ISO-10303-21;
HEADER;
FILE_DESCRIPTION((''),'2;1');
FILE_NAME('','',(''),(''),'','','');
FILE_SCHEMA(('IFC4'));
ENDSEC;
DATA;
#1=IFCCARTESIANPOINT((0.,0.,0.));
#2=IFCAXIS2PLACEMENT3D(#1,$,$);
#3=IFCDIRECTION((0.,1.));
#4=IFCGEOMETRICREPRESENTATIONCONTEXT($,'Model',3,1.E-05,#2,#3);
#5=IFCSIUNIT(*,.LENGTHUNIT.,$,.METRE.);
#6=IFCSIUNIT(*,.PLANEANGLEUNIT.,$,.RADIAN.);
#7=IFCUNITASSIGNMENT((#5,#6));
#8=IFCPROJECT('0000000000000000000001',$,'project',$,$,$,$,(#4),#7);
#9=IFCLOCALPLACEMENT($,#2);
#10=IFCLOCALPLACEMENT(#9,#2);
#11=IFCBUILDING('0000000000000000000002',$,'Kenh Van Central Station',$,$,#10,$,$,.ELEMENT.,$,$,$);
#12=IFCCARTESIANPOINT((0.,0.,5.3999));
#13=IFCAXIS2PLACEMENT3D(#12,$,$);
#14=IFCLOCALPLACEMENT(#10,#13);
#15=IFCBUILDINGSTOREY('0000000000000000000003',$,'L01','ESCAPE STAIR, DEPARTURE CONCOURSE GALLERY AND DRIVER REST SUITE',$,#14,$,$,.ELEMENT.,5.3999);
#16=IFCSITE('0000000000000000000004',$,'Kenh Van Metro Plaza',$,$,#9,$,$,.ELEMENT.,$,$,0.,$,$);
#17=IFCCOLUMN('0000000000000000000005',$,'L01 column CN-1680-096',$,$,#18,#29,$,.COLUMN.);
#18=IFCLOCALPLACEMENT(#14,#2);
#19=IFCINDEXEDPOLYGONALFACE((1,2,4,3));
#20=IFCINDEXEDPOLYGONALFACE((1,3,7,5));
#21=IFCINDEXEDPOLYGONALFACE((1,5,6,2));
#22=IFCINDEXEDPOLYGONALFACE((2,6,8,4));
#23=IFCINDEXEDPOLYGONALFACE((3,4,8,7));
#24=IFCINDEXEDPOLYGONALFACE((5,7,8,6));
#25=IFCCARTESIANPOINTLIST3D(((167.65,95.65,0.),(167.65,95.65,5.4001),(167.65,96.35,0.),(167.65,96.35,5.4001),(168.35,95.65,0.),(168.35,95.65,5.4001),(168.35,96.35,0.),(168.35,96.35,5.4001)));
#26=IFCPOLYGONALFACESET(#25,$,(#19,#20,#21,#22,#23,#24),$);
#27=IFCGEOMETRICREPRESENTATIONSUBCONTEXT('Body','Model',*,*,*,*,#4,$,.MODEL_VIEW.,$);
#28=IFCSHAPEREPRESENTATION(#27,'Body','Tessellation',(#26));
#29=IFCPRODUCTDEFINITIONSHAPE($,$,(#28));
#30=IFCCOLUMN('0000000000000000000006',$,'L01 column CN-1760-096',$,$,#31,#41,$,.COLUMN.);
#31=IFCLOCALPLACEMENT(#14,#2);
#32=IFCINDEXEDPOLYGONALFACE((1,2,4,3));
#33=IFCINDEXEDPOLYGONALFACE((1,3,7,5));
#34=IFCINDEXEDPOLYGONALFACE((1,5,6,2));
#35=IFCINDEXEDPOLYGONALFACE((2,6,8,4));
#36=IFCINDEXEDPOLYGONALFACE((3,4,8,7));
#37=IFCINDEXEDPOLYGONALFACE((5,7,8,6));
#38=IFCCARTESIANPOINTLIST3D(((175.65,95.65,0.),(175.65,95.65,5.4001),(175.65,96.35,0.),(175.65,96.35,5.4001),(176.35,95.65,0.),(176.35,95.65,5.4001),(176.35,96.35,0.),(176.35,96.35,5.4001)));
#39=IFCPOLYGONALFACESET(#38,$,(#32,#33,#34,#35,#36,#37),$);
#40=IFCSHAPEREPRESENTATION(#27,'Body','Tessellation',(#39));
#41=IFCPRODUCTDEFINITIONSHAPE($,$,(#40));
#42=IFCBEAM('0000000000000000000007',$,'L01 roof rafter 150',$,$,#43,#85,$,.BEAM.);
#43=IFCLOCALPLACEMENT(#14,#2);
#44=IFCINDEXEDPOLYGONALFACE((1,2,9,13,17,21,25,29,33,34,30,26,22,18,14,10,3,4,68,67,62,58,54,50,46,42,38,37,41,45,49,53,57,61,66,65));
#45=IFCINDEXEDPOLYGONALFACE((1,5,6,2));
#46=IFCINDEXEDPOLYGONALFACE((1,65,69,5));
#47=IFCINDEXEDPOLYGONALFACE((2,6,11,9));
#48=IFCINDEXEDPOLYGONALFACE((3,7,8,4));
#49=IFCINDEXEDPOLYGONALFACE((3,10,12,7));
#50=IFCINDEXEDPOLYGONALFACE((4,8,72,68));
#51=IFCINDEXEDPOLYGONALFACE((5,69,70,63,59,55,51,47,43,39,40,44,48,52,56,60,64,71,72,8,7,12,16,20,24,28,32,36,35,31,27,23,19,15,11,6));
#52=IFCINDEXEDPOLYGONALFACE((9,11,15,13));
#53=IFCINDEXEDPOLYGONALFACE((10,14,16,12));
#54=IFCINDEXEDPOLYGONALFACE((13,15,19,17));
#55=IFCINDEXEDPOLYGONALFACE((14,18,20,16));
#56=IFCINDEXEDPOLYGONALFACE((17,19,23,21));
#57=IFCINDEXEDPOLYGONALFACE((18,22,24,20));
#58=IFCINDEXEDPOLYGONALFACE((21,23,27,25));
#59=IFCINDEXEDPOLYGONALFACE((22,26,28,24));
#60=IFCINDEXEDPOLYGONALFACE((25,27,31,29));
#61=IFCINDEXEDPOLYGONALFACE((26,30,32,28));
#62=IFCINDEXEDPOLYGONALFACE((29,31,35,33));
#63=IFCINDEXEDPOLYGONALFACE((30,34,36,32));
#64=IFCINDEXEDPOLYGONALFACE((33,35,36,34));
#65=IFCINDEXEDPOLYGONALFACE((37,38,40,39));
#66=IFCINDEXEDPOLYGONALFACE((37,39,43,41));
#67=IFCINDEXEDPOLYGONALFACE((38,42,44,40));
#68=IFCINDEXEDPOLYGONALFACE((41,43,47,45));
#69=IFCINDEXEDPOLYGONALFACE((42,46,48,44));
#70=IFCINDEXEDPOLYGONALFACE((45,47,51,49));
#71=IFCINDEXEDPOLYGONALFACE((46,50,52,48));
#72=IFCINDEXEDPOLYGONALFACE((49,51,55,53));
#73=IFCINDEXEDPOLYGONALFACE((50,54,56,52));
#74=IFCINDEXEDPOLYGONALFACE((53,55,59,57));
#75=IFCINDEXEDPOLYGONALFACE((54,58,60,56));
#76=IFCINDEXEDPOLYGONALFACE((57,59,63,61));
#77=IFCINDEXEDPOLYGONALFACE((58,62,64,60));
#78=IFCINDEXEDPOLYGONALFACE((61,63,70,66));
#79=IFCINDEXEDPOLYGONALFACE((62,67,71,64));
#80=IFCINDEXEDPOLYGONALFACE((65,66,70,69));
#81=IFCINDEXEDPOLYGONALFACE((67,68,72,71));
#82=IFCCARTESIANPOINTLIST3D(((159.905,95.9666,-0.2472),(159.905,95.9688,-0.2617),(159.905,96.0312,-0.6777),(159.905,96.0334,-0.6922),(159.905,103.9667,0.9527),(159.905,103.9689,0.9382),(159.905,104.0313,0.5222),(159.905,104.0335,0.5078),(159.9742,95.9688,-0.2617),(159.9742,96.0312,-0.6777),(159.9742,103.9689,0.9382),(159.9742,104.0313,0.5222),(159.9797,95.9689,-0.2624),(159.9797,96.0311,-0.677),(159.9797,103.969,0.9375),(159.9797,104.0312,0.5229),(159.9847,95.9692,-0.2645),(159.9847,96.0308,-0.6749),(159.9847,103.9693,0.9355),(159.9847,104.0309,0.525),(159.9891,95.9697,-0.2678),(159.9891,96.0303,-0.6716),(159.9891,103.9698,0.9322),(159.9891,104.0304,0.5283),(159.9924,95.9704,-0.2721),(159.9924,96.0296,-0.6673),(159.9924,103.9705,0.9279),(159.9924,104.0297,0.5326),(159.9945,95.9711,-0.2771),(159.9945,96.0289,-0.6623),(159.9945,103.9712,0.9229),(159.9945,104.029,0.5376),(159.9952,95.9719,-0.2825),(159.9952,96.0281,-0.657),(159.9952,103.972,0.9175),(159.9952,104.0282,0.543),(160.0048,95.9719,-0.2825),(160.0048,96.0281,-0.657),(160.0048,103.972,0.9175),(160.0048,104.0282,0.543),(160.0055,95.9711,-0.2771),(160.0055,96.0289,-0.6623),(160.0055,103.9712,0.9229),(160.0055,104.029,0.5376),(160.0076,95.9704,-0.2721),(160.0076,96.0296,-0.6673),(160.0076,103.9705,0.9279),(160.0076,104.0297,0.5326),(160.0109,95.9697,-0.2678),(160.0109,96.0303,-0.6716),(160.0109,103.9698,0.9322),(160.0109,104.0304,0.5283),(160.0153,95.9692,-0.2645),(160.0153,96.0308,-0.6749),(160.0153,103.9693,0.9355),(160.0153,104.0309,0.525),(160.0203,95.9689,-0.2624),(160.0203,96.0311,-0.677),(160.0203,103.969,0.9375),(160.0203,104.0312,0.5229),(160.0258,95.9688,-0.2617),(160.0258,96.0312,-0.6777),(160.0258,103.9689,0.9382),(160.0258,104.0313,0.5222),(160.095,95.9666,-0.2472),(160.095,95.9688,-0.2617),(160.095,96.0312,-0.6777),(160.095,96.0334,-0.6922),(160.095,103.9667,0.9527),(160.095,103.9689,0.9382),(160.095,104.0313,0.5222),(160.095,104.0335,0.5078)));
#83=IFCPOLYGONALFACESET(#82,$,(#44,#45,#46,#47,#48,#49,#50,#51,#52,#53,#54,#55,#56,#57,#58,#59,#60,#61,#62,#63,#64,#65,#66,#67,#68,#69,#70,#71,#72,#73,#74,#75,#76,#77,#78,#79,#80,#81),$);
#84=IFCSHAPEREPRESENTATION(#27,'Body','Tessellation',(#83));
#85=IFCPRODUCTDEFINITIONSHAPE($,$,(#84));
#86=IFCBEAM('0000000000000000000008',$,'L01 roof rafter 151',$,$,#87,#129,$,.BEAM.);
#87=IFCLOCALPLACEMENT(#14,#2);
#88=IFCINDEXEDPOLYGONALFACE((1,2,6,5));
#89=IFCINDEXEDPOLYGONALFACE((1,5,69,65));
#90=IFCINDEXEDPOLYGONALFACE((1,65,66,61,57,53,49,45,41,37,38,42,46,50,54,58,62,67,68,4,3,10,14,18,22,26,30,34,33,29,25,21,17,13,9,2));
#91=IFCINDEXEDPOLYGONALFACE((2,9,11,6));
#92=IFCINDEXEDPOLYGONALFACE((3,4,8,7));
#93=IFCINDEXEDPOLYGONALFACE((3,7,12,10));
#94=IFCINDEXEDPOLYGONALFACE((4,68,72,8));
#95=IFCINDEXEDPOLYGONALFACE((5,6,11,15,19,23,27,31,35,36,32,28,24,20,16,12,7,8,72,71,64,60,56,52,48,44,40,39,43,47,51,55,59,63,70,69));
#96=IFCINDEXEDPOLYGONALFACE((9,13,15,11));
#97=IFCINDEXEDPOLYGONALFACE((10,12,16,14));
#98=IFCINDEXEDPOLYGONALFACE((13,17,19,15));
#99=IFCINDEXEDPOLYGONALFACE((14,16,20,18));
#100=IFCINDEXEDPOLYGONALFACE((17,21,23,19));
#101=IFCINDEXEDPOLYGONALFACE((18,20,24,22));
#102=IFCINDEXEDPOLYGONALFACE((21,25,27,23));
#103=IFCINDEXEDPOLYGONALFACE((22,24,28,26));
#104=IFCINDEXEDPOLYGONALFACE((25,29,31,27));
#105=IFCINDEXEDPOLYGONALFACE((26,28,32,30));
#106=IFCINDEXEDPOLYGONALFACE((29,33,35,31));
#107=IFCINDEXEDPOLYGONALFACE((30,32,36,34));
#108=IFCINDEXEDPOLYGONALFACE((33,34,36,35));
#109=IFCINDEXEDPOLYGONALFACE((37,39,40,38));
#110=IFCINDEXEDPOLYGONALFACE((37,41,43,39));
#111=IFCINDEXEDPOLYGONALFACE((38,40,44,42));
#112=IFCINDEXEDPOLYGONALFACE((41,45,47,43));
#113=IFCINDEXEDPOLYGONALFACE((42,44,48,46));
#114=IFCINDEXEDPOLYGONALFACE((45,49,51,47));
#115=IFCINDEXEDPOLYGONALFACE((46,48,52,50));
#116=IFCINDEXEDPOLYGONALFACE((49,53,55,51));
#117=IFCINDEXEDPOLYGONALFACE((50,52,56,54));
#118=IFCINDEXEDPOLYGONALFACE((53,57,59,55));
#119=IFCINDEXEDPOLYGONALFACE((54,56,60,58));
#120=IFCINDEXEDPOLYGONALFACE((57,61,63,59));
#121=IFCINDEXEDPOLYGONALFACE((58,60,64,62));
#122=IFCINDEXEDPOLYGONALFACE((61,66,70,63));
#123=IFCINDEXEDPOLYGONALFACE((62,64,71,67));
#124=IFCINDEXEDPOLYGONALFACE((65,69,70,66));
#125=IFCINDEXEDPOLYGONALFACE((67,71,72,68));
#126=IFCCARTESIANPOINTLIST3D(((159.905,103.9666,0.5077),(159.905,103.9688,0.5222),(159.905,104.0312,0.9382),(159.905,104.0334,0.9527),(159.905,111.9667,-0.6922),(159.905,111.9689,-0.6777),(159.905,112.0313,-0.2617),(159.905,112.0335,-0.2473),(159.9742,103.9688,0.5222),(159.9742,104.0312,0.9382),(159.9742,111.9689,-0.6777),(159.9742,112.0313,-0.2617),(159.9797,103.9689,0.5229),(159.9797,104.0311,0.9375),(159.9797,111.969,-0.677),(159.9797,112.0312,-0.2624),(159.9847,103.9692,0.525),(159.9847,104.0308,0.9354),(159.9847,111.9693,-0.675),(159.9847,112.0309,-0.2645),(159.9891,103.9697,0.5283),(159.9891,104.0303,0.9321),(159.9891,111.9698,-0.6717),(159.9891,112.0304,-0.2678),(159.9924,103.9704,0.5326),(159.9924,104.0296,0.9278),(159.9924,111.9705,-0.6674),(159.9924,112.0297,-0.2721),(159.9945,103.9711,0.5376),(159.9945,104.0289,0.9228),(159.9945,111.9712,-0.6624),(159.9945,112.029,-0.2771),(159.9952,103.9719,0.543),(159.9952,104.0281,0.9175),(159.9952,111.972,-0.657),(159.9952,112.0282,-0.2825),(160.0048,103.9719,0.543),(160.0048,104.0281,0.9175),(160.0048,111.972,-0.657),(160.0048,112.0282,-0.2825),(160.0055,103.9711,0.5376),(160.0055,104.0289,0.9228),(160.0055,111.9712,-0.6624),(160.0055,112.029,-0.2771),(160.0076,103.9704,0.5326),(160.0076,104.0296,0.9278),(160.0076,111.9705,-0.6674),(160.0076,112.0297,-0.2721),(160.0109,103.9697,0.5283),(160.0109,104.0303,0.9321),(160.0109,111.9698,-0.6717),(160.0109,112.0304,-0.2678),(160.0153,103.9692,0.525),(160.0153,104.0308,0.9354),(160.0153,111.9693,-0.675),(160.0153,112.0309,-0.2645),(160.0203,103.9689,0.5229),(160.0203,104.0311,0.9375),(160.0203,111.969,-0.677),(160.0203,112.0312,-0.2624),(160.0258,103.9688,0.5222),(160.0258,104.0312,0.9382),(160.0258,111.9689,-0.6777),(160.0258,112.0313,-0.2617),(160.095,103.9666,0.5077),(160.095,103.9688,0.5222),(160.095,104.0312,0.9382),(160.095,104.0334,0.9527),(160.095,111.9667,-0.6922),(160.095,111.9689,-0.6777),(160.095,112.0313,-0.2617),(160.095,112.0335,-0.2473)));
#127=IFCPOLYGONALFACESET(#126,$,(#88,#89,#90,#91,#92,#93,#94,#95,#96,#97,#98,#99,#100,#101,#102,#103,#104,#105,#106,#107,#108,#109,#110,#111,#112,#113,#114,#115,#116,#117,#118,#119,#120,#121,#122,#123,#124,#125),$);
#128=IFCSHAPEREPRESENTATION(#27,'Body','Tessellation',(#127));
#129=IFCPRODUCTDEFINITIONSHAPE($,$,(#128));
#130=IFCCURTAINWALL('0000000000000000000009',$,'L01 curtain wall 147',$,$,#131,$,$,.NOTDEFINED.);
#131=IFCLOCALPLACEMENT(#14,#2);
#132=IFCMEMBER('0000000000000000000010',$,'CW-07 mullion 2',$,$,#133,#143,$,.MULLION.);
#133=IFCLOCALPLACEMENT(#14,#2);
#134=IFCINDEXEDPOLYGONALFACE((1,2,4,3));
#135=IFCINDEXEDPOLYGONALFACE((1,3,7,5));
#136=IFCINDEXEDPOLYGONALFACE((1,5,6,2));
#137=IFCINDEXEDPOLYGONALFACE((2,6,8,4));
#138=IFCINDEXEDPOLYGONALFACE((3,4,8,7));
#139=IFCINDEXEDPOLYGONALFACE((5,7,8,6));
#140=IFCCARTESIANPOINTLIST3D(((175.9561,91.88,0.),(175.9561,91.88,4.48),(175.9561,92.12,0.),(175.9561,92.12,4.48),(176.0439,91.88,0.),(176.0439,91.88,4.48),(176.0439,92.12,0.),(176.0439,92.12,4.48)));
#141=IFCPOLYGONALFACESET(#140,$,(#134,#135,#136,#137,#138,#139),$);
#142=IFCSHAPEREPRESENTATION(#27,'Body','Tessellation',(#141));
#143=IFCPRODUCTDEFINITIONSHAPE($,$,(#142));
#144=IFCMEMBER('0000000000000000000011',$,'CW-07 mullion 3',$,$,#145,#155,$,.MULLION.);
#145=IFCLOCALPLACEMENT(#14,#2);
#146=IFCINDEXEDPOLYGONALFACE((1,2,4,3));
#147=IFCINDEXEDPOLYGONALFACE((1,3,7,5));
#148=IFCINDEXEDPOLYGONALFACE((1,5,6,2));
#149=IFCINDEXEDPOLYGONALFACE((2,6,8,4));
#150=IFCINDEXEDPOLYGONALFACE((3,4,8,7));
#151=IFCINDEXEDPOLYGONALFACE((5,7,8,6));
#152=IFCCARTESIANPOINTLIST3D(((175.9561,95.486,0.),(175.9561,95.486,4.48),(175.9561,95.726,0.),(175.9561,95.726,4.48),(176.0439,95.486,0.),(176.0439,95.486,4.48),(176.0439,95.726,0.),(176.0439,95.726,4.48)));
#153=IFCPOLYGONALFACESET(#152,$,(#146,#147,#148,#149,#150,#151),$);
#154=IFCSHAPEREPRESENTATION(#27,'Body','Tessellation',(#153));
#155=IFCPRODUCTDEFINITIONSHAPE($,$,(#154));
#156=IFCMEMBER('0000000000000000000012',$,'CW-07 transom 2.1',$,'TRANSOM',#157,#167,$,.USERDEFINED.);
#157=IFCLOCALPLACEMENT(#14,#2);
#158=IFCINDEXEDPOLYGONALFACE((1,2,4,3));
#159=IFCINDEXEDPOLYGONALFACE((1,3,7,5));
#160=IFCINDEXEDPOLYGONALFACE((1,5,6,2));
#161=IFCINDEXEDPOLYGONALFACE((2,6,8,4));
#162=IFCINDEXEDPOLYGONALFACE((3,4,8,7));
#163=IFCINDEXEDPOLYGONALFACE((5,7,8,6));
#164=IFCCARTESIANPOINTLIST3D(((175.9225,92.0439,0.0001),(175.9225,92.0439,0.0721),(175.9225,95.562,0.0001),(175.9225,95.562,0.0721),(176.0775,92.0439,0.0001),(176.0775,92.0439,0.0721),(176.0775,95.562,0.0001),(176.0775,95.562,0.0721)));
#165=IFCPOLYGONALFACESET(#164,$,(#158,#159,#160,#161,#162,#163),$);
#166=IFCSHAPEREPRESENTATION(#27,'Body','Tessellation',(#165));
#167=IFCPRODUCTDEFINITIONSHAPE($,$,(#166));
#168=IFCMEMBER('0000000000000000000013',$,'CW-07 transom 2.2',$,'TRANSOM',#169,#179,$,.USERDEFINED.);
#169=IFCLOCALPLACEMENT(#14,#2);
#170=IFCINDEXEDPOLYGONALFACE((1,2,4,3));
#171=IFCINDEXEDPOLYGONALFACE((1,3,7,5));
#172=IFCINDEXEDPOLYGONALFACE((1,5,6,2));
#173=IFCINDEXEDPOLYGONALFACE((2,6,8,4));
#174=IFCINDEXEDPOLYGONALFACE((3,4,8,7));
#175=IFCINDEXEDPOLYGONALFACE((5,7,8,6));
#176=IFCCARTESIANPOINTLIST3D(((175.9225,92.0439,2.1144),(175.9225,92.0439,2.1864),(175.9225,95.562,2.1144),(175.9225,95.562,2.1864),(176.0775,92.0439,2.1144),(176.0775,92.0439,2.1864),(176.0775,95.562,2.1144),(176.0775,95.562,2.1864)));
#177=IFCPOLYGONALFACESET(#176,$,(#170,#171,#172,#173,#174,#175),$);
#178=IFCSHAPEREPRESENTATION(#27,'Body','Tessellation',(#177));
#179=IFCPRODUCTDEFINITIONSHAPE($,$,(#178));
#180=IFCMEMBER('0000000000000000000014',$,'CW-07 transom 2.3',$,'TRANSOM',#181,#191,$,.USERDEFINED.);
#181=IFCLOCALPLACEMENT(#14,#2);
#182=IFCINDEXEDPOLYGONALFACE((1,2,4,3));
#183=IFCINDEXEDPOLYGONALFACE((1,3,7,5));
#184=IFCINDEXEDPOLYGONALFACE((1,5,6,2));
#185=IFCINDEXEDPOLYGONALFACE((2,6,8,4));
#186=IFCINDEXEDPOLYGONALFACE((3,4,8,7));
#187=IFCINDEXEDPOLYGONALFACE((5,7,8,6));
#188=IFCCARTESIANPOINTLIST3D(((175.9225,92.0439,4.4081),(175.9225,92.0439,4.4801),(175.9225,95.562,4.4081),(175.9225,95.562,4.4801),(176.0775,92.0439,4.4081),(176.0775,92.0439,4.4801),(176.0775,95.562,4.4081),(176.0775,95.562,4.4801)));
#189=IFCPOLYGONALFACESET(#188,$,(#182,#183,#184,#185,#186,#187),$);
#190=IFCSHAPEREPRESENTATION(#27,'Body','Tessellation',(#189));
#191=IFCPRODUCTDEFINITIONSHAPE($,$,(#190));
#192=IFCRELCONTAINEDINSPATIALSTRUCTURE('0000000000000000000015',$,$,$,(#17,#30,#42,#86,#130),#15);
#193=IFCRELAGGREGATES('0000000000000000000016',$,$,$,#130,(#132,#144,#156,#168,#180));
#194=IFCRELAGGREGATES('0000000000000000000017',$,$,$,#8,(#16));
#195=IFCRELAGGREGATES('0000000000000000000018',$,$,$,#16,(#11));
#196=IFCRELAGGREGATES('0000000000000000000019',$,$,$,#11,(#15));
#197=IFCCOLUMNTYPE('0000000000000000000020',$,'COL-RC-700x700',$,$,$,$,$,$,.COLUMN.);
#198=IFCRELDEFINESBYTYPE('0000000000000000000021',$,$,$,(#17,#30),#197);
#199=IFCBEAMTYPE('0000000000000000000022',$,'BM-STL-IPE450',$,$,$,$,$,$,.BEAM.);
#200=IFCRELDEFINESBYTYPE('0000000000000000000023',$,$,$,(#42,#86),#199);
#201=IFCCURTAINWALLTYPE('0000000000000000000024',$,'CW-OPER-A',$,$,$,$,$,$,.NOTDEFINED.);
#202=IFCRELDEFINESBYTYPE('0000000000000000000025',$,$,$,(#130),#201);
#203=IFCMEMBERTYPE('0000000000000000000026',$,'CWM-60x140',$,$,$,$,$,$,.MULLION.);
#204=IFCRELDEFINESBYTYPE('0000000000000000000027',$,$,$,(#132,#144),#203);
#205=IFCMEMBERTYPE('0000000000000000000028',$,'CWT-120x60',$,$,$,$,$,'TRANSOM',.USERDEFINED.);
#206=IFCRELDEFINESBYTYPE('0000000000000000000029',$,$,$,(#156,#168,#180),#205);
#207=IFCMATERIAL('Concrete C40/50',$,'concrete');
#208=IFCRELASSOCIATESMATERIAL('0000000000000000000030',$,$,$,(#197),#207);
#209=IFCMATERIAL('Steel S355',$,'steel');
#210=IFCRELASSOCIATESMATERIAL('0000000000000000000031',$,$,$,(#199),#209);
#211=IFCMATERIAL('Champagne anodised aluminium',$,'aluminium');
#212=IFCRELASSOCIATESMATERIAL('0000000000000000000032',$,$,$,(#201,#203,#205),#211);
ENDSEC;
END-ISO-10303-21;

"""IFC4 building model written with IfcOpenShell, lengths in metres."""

from ifc_helpers import new_model, si_unit, direction, frame, origin, origin_2d, place, context, subcontext, project, spatial, rectangle, i_section, extrude, material, material_profile, profile_set, type_object, element, aggregate, save


model = new_model("IFC4")

# Units and contexts
model_context = context("Model", 3, precision=1e-05, world=origin(), true_north=direction((0.0, 1.0)))
body_context = subcontext(model_context, "Body", "Model", "MODEL_VIEW")
ifc_project = project(units=[si_unit("LENGTHUNIT", "METRE"), si_unit("PLANEANGLEUNIT", "RADIAN")], contexts=[model_context])

# Site, building, storey
site_placement = place(None, origin())
site = spatial("IfcSite", under=ifc_project, at=site_placement, Name="Kenh Van Metro Plaza", CompositionType="ELEMENT", RefElevation=0.0)
building_placement = place(site_placement, origin())
building = spatial("IfcBuilding", under=site, at=building_placement, Name="Kenh Van Central Station", CompositionType="ELEMENT")
storey_placement = place(building_placement, frame((0.0, 0.0, 5.3999)))
storey = spatial("IfcBuildingStorey", under=building, at=storey_placement, Name="L01", Description="ESCAPE STAIR, DEPARTURE CONCOURSE GALLERY AND DRIVER REST SUITE", CompositionType="ELEMENT", Elevation=5.3999)

# Columns
ifc_material_1 = material(Name="Concrete C40/50", Category="concrete")
ifc_material_profile_1 = material_profile(ifc_material_1, rectangle(XDim=0.7, YDim=0.7, at=origin_2d()), Name="RC 700x700")
ifc_profile_set_1 = profile_set([ifc_material_profile_1], Name="Concrete C40/50")
column_type = type_object("IfcColumnType", Name="COL-RC-700x700", PredefinedType="COLUMN", material=ifc_profile_set_1)
for number, where, z_axis, x_axis, name in (
    (1, (168.0, 96.0, 0.0), (0.0, 0.0, 1.0), (1.0, 0.0, 0.0), "L01 column CN-1680-096"),
    (2, (176.0, 96.0, 0.0), (0.0, 0.0, 1.0), (1.0, 0.0, 0.0), "L01 column CN-1760-096"),
):
    element("IfcColumn", number, at=place(storey_placement, frame(where, z_axis=z_axis, x_axis=x_axis)), inside=storey, type_object=column_type, Name=name, PredefinedType="COLUMN", context=body_context, shape_type="SweptSolid", body=[
        extrude(rectangle(XDim=0.7, YDim=0.7, at=origin_2d()), origin(), (0.0, 0.0, 1.0), 5.4001),
    ])

# Beams
ifc_material_2 = material(Name="Steel S355", Category="steel")
ifc_material_profile_2 = material_profile(ifc_material_2, i_section(OverallWidth=0.1899, OverallDepth=0.45, WebThickness=0.0095, FlangeThickness=0.0146, FilletRadius=0.021, at=origin_2d()), Name="IPE 450")
ifc_profile_set_2 = profile_set([ifc_material_profile_2], Name="Steel S355")
beam_type_1 = type_object("IfcBeamType", Name="BM-STL-IPE450", PredefinedType="BEAM", material=ifc_profile_set_2)
for number, where, z_axis, x_axis, name in (
    (3, (160.0, 96.0, -0.4697), (0.0, 0.988937, 0.148335), (-1.0, 0.0, 0.0), "L01 roof rafter 150"),
    (4, (160.0, 104.0, 0.7302), (0.0, 0.988937, -0.148335), (-1.0, 0.0, 0.0), "L01 roof rafter 151"),
):
    element("IfcBeam", number, at=place(storey_placement, frame(where, z_axis=z_axis, x_axis=x_axis)), inside=storey, type_object=beam_type_1, Name=name, PredefinedType="BEAM", context=body_context, shape_type="SweptSolid", body=[
        extrude(i_section(OverallWidth=0.1899, OverallDepth=0.45, WebThickness=0.0095, FlangeThickness=0.0146, FilletRadius=0.021, at=origin_2d()), origin(), (0.0, 0.0, 1.0), 8.0896),
    ])

# Curtain wall, members
ifc_material_3 = material(Name="Champagne anodised aluminium", Category="aluminium")
curtain_wall_type = type_object("IfcCurtainWallType", Name="CW-OPER-A", PredefinedType="NOTDEFINED", material=ifc_material_3)
curtain_wall_placement = place(storey_placement, origin())
curtain_wall = element("IfcCurtainWall", 5, at=curtain_wall_placement, inside=storey, type_object=curtain_wall_type, Name="L01 curtain wall 147", PredefinedType="NOTDEFINED")
ifc_material_profile_3 = material_profile(ifc_material_3, rectangle(XDim=0.0879, YDim=0.24, at=origin_2d()), Name="AL 88x240")
ifc_profile_set_3 = profile_set([ifc_material_profile_3], Name="Champagne anodised aluminium")
member_type_1 = type_object("IfcMemberType", Name="CWM-60x140", PredefinedType="MULLION", material=ifc_profile_set_3)
member_1_placement = place(storey_placement, frame((176.0, 92.0, 0.0), z_axis=(0.0, 0.0, 1.0), x_axis=(-1.0, 0.0, 0.0)))
member_1 = element("IfcMember", 6, at=member_1_placement, type_object=member_type_1, Name="CW-07 mullion 2", PredefinedType="MULLION", context=body_context, shape_type="SweptSolid", body=[
    extrude(rectangle(XDim=0.0879, YDim=0.24, at=origin_2d()), origin(), (0.0, 0.0, 1.0), 4.48),
])
member_2_placement = place(storey_placement, frame((176.0, 95.606, 0.0), z_axis=(0.0, 0.0, 1.0), x_axis=(-1.0, 0.0, 0.0)))
member_2 = element("IfcMember", 7, at=member_2_placement, type_object=member_type_1, Name="CW-07 mullion 3", PredefinedType="MULLION", context=body_context, shape_type="SweptSolid", body=[
    extrude(rectangle(XDim=0.0879, YDim=0.24, at=origin_2d()), origin(), (0.0, 0.0, 1.0), 4.48),
])
ifc_material_profile_4 = material_profile(ifc_material_3, rectangle(XDim=0.155, YDim=0.072, at=origin_2d()), Name="AL 155x72")
ifc_profile_set_4 = profile_set([ifc_material_profile_4], Name="Champagne anodised aluminium")
member_type_2 = type_object("IfcMemberType", Name="CWT-120x60", ElementType="TRANSOM", PredefinedType="USERDEFINED", material=ifc_profile_set_4)
member_3_placement = place(storey_placement, frame((176.0, 92.0439, 0.0361), z_axis=(0.0, 1.0, 0.0), x_axis=(-1.0, 0.0, 0.0)))
member_3 = element("IfcMember", 8, at=member_3_placement, type_object=member_type_2, Name="CW-07 transom 2.1", ObjectType="TRANSOM", PredefinedType="USERDEFINED", context=body_context, shape_type="SweptSolid", body=[
    extrude(rectangle(XDim=0.155, YDim=0.072, at=origin_2d()), origin(), (0.0, 0.0, 1.0), 3.5181),
])
member_4_placement = place(storey_placement, frame((176.0, 92.0439, 2.1504), z_axis=(0.0, 1.0, 0.0), x_axis=(-1.0, 0.0, 0.0)))
member_4 = element("IfcMember", 9, at=member_4_placement, type_object=member_type_2, Name="CW-07 transom 2.2", ObjectType="TRANSOM", PredefinedType="USERDEFINED", context=body_context, shape_type="SweptSolid", body=[
    extrude(rectangle(XDim=0.155, YDim=0.072, at=origin_2d()), origin(), (0.0, 0.0, 1.0), 3.5181),
])
member_5_placement = place(storey_placement, frame((176.0, 92.0439, 4.4441), z_axis=(0.0, 1.0, 0.0), x_axis=(-1.0, 0.0, 0.0)))
member_5 = element("IfcMember", 10, at=member_5_placement, type_object=member_type_2, Name="CW-07 transom 2.3", ObjectType="TRANSOM", PredefinedType="USERDEFINED", context=body_context, shape_type="SweptSolid", body=[
    extrude(rectangle(XDim=0.155, YDim=0.072, at=origin_2d()), origin(), (0.0, 0.0, 1.0), 3.5181),
])

aggregate(curtain_wall, [member_1, member_2, member_3, member_4, member_5])

save(model, "model.ifc")
